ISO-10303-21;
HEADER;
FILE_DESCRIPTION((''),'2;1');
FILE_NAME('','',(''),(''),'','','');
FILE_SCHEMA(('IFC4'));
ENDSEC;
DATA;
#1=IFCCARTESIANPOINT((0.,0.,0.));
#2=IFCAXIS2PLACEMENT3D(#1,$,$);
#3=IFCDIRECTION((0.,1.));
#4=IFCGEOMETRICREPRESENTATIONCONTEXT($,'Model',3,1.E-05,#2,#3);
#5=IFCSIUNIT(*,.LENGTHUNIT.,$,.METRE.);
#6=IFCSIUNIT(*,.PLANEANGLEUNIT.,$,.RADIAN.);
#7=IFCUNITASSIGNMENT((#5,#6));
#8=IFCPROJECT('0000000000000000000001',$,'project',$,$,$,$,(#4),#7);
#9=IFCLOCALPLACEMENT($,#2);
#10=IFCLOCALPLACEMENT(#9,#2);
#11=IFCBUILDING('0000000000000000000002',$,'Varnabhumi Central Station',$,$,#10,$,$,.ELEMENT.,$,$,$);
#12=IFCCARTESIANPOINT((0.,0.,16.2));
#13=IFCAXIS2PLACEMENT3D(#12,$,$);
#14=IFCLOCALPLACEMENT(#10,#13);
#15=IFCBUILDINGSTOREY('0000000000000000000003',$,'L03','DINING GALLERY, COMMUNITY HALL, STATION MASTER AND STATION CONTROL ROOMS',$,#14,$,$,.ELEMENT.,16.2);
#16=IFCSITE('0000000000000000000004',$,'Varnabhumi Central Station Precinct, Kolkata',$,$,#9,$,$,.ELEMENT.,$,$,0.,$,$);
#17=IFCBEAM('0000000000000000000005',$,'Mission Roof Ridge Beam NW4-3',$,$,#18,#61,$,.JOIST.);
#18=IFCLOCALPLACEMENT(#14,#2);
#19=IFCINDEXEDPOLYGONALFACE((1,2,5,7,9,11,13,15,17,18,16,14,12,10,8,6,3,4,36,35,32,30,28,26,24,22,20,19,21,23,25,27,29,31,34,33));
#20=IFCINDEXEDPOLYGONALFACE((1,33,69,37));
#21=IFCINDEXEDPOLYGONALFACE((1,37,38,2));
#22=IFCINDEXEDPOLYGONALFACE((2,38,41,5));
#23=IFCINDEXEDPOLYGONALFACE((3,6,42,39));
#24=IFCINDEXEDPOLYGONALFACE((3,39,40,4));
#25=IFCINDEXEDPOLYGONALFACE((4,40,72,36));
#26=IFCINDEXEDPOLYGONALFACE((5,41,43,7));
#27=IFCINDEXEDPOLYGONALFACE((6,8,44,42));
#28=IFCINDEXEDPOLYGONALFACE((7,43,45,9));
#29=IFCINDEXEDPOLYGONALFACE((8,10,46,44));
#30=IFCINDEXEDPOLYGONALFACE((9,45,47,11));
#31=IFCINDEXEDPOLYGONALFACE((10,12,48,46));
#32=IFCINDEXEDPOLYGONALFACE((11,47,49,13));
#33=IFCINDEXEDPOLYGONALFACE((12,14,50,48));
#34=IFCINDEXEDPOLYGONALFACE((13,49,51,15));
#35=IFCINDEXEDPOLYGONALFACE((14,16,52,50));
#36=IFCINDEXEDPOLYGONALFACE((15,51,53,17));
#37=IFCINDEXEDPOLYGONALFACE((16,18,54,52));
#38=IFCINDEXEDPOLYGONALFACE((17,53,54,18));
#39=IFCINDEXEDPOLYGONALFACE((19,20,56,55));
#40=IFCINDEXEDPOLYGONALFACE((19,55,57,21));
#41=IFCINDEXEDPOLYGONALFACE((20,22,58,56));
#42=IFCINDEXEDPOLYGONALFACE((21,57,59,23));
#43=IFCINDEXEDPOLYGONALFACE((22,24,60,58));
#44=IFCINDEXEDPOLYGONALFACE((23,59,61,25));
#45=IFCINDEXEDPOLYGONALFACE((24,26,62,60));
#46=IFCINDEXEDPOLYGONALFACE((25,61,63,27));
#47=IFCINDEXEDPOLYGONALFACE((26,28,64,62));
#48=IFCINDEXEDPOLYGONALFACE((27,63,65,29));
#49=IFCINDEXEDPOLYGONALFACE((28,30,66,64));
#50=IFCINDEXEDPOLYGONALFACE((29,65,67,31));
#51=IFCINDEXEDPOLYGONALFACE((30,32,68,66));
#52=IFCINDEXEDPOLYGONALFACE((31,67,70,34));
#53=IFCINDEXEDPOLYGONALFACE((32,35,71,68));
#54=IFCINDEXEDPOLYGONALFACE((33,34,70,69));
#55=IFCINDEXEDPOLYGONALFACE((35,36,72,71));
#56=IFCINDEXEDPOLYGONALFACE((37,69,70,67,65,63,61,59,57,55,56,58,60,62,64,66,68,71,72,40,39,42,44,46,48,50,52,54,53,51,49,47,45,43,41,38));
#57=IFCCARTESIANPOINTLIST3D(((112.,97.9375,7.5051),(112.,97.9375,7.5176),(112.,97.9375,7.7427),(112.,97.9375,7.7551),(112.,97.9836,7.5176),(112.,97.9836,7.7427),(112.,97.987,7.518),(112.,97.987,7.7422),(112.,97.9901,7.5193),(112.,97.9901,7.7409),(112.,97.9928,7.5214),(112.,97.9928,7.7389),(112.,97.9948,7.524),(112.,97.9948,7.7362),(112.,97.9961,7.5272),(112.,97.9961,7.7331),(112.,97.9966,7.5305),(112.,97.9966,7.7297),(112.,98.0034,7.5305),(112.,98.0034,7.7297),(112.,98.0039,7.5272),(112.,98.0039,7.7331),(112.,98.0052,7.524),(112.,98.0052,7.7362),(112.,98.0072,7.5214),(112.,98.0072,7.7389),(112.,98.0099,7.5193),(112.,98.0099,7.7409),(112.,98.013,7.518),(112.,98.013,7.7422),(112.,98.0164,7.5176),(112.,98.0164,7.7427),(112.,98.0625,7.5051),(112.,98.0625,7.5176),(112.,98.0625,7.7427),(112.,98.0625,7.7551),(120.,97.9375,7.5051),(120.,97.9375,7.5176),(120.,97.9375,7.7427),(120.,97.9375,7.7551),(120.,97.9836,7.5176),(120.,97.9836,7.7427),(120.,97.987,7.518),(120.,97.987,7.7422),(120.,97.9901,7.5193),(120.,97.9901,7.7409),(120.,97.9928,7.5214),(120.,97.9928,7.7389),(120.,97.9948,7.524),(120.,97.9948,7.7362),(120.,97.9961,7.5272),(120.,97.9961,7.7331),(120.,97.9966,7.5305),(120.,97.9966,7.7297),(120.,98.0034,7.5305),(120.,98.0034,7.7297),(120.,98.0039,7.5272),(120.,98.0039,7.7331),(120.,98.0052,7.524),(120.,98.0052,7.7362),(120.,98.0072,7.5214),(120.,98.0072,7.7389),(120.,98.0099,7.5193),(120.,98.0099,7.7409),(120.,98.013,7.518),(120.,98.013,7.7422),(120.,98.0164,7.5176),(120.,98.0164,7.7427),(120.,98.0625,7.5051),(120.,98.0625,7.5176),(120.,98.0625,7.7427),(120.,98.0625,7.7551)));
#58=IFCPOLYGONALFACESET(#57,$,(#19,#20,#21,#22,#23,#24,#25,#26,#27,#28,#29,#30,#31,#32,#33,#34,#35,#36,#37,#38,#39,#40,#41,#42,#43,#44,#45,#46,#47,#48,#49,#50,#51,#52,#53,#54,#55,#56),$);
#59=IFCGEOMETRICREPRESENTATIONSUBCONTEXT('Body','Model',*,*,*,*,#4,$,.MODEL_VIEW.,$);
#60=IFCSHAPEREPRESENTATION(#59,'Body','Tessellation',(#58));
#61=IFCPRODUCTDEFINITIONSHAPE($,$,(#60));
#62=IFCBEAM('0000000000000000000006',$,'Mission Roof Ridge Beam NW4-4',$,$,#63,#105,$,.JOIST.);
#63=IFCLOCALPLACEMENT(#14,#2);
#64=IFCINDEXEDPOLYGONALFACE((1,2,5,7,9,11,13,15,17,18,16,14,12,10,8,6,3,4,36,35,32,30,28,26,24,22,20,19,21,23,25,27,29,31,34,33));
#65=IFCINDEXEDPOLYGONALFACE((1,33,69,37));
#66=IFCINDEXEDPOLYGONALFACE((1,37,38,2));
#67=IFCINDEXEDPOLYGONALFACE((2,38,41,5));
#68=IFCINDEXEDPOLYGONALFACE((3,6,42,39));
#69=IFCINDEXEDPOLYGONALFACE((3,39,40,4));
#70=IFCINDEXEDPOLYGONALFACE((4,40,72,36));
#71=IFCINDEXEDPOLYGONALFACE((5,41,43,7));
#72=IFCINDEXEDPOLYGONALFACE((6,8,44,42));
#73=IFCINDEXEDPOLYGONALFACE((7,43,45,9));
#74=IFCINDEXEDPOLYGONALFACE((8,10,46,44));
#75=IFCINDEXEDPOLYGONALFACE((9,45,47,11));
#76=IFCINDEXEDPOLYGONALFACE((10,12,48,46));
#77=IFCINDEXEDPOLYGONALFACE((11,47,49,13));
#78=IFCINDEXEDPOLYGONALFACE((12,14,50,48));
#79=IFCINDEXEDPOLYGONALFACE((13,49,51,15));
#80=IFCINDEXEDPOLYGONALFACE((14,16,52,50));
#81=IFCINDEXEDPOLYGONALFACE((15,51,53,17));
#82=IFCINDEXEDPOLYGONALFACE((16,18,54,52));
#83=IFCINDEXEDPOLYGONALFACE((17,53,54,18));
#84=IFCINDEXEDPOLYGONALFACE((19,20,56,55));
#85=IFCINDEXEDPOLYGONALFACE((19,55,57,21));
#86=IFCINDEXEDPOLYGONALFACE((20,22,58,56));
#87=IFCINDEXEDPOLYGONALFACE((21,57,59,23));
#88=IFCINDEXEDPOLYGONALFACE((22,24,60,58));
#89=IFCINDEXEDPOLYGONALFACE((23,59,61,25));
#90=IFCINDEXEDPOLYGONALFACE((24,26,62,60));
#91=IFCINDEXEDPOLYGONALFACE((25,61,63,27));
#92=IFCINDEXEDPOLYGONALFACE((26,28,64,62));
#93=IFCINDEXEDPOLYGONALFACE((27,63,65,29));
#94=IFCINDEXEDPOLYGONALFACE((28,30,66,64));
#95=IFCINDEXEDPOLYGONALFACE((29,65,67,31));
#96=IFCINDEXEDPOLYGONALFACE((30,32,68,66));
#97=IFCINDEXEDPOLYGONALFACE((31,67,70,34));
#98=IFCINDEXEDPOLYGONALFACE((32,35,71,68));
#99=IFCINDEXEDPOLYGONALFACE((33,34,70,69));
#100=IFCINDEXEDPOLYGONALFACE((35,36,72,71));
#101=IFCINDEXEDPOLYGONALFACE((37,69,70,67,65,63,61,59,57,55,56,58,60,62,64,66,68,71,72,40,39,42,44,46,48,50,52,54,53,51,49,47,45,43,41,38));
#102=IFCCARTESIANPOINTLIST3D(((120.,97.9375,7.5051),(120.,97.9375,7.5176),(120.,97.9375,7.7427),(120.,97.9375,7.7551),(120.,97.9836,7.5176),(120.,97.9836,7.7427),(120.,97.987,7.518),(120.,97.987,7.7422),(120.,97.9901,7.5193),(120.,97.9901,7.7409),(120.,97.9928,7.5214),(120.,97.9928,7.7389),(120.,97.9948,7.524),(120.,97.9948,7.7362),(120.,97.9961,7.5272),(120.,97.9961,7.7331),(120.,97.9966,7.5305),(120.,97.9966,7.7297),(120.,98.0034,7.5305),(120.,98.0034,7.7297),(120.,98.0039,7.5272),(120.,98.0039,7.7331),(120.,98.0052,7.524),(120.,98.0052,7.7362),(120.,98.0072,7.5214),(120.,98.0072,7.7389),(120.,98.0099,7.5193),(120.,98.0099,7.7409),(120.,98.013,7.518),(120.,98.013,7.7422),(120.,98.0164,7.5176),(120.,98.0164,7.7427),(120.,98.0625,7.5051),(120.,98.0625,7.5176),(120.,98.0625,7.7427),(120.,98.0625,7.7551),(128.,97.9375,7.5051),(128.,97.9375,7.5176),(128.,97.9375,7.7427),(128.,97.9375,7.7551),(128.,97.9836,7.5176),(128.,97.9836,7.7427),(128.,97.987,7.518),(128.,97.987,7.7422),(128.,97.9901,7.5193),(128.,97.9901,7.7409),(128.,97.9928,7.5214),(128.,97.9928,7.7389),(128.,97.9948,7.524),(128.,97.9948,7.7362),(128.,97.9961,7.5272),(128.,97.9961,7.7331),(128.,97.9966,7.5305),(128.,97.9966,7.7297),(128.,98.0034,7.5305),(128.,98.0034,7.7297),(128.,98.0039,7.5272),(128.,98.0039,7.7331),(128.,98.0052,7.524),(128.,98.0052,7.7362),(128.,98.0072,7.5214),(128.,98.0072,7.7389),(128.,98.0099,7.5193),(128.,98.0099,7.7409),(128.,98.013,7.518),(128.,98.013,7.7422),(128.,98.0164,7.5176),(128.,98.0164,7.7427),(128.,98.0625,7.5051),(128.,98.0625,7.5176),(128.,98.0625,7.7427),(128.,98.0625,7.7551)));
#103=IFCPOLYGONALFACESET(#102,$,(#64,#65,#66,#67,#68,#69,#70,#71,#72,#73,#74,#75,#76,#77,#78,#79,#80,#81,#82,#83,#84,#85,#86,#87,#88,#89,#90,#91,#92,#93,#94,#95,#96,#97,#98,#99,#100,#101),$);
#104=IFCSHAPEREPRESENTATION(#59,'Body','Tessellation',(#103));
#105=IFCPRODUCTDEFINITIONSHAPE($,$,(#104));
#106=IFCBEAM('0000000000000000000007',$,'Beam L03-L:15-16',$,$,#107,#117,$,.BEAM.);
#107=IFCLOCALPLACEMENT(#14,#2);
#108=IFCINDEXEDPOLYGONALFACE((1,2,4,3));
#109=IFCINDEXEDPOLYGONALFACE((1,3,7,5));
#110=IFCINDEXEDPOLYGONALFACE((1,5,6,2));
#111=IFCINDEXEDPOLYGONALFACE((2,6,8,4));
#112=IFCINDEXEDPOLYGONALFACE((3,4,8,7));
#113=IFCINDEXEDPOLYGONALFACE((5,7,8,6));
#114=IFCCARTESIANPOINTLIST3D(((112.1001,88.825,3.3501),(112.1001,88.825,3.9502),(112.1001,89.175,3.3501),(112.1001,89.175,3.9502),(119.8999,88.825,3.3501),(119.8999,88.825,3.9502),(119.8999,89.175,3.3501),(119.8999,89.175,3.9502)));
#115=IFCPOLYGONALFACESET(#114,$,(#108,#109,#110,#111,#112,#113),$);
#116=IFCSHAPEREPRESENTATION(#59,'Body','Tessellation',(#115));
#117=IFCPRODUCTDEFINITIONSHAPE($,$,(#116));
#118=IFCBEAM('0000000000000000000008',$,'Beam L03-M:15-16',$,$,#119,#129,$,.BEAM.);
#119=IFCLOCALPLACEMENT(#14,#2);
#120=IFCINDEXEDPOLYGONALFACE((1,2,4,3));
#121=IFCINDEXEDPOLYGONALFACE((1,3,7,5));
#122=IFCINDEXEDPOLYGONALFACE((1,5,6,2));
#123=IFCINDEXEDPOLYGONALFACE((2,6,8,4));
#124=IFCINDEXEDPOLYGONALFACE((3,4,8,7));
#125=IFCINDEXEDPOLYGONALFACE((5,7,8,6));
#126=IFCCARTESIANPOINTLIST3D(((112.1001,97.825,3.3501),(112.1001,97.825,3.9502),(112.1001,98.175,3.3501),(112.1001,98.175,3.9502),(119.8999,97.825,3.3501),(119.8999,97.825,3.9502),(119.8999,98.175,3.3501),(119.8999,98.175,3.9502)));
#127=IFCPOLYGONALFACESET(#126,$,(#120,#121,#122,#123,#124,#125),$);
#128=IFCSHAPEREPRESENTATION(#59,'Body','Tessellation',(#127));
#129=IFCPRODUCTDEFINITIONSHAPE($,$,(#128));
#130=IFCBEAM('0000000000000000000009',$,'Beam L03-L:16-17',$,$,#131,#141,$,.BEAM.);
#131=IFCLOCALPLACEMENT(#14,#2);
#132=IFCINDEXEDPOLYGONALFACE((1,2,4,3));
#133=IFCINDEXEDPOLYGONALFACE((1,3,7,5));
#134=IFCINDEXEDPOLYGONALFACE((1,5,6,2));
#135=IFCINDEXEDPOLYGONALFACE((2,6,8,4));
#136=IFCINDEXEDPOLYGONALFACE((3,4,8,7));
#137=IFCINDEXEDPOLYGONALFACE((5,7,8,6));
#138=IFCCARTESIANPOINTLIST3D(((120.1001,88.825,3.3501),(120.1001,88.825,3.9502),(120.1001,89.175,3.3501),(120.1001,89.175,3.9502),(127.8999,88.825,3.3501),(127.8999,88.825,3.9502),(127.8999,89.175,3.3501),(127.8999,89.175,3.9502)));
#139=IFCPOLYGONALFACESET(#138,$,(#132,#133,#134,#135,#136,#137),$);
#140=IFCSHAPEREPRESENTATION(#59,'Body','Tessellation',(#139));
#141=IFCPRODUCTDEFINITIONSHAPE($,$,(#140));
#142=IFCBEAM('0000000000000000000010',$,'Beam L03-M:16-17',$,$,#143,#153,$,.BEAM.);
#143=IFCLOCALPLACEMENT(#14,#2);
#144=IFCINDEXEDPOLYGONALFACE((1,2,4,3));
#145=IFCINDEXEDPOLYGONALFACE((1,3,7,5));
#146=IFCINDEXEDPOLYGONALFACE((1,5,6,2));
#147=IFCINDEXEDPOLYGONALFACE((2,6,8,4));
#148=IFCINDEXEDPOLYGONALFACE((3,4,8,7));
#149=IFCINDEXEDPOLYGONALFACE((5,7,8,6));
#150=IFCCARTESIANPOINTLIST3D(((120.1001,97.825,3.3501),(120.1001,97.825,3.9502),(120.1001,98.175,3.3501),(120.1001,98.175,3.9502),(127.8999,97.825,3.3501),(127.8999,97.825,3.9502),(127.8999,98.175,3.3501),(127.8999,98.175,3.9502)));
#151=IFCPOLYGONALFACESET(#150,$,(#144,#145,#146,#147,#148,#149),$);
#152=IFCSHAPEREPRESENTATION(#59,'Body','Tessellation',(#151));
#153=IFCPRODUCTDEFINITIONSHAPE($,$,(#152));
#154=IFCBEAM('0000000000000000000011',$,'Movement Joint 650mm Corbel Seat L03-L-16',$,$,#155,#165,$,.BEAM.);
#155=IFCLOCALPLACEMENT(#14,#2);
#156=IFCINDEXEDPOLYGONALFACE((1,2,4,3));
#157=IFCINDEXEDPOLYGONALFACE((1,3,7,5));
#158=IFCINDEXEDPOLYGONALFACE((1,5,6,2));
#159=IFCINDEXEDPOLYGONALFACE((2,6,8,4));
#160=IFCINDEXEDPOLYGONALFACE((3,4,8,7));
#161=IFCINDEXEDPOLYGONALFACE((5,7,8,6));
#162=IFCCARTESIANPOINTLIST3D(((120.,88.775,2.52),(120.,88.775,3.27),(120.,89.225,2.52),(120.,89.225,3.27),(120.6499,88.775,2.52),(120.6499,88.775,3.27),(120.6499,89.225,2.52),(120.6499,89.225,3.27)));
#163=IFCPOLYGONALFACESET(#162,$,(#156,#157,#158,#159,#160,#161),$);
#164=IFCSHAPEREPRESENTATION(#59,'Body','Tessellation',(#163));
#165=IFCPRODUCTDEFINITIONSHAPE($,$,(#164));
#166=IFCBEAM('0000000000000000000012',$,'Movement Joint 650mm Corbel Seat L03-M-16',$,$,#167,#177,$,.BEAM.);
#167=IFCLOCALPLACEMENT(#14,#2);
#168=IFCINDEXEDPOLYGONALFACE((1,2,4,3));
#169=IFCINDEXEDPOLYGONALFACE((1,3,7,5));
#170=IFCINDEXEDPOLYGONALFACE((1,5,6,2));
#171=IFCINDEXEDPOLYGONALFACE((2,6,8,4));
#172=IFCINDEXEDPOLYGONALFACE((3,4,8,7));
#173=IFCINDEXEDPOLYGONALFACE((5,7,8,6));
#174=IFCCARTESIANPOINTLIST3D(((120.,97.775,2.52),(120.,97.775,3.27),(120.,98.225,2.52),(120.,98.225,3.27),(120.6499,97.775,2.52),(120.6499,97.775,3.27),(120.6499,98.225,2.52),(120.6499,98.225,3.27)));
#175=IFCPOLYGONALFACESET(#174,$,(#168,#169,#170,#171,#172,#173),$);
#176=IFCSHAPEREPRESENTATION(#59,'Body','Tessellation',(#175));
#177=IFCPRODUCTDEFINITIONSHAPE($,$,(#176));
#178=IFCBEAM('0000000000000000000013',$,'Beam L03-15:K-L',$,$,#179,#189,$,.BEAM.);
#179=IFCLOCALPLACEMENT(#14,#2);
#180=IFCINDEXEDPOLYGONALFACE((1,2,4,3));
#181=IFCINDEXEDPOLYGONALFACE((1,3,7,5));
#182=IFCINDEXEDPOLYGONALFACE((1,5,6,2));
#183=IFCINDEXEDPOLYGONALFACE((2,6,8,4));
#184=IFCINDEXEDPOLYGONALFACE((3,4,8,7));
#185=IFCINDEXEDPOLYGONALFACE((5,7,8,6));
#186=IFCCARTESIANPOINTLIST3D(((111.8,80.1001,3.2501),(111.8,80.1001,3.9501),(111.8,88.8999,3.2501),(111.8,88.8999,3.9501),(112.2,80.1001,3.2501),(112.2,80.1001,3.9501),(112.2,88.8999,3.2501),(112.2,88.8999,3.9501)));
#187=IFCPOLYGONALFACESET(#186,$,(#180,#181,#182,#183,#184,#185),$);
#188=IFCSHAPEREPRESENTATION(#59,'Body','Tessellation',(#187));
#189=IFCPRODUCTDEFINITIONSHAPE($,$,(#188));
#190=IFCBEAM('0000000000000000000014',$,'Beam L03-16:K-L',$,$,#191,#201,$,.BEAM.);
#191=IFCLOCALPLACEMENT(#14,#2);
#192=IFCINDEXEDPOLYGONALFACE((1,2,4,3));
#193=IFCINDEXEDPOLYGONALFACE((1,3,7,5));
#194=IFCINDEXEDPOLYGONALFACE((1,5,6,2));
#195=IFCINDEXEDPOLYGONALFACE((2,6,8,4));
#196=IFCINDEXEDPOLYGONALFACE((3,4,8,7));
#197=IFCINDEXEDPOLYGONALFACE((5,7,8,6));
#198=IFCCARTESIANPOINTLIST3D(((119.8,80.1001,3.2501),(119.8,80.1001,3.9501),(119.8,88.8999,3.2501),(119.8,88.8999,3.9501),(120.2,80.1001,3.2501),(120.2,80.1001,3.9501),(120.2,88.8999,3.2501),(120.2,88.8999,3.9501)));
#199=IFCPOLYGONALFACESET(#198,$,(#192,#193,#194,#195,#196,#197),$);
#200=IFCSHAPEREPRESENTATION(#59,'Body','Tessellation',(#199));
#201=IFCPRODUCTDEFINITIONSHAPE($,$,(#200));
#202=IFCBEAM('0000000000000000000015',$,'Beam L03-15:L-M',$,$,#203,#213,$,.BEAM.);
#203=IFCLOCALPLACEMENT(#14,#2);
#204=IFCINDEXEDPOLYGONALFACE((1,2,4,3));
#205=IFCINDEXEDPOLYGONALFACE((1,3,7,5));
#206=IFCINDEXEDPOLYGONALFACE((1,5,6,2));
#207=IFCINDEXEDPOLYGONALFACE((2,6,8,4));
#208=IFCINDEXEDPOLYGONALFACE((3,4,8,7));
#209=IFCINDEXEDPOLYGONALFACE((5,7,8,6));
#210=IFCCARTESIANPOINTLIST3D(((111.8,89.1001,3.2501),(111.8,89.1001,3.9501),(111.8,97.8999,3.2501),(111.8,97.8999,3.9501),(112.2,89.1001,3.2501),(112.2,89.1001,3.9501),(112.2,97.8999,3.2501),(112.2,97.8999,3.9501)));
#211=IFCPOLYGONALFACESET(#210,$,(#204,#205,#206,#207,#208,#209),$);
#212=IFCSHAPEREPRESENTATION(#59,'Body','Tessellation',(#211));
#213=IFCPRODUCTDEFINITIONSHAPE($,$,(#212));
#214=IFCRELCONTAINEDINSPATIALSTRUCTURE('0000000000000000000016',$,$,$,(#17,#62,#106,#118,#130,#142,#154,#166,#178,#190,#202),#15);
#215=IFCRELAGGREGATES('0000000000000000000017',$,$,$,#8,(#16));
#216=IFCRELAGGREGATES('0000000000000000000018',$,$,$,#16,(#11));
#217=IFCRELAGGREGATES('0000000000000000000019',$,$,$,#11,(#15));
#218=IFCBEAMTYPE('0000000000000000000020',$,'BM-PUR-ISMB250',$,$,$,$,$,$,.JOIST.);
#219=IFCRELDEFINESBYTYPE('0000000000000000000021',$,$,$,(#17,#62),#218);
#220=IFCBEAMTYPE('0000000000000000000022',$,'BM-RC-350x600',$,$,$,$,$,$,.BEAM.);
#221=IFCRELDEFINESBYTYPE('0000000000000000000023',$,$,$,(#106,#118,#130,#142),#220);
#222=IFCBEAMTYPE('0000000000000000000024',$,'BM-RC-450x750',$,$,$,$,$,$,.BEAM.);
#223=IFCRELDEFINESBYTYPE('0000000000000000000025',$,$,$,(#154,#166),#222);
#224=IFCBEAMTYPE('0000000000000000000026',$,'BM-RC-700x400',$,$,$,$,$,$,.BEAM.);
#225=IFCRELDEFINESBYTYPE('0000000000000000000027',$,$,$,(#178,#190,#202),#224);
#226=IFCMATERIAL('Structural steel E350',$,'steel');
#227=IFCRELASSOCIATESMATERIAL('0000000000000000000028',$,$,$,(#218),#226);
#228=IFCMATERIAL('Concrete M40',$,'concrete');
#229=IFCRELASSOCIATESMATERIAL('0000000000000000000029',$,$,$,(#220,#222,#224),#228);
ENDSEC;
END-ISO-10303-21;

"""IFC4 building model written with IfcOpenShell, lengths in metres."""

from ifc_helpers import new_model, si_unit, direction, frame, origin, origin_2d, place, context, subcontext, project, spatial, rectangle, i_section, extrude, material, material_profile, profile_set, type_object, element, save


model = new_model("IFC4")

# Units and contexts
model_context = context("Model", 3, precision=1e-05, world=origin(), true_north=direction((0.0, 1.0)))
body_context = subcontext(model_context, "Body", "Model", "MODEL_VIEW")
ifc_project = project(units=[si_unit("LENGTHUNIT", "METRE"), si_unit("PLANEANGLEUNIT", "RADIAN")], contexts=[model_context])

# Site, building, storey
site_placement = place(None, origin())
site = spatial("IfcSite", under=ifc_project, at=site_placement, Name="Varnabhumi Central Station Precinct, Kolkata", CompositionType="ELEMENT", RefElevation=0.0)
building_placement = place(site_placement, origin())
building = spatial("IfcBuilding", under=site, at=building_placement, Name="Varnabhumi Central Station", CompositionType="ELEMENT")
storey_placement = place(building_placement, frame((0.0, 0.0, 16.2)))
storey = spatial("IfcBuildingStorey", under=building, at=storey_placement, Name="L03", Description="DINING GALLERY, COMMUNITY HALL, STATION MASTER AND STATION CONTROL ROOMS", CompositionType="ELEMENT", Elevation=16.2)

# Shared definitions
ifc_material_1 = material(Name="Concrete M40", Category="concrete")
ifc_material_2 = material(Name="Structural steel E350", Category="steel")

# Beams
ifc_material_profile_1 = material_profile(ifc_material_2, i_section(OverallWidth=0.125, OverallDepth=0.25, WebThickness=0.0068, FlangeThickness=0.0125, FilletRadius=0.0129, at=origin_2d()), Name="Structural steel E350", Category="steel")
ifc_profile_set_1 = profile_set([ifc_material_profile_1], Name="Structural steel E350")
beam_type_1 = type_object("IfcBeamType", Name="BM-PUR-ISMB250", PredefinedType="JOIST", material=ifc_profile_set_1)
for number, where, z_axis, x_axis, name in (
    (1, (112.0, 98.0, 7.6301), (1.0, 0.0, 0.0), (0.0, 1.0, 0.0), "Mission Roof Ridge Beam NW4-3"),
    (2, (120.0, 98.0, 7.6301), (1.0, 0.0, 0.0), (0.0, 1.0, 0.0), "Mission Roof Ridge Beam NW4-4"),
):
    element("IfcBeam", number, at=place(storey_placement, frame(where, z_axis=z_axis, x_axis=x_axis)), inside=storey, type_object=beam_type_1, Name=name, PredefinedType="JOIST", context=body_context, shape_type="SweptSolid", body=[
        extrude(i_section(OverallWidth=0.125, OverallDepth=0.25, WebThickness=0.0068, FlangeThickness=0.0125, FilletRadius=0.0129, at=origin_2d()), origin(), (0.0, 0.0, 1.0), 8.0),
    ])
ifc_material_profile_2 = material_profile(ifc_material_1, rectangle(XDim=0.3501, YDim=0.6001, at=origin_2d()), Name="Concrete M40", Category="concrete")
ifc_profile_set_2 = profile_set([ifc_material_profile_2], Name="Concrete M40")
beam_type_2 = type_object("IfcBeamType", Name="BM-RC-350x600", PredefinedType="BEAM", material=ifc_profile_set_2)
for number, where, z_axis, x_axis, name in (
    (3, (112.1001, 89.0, 3.6501), (1.0, 0.0, 0.0), (0.0, 1.0, 0.0), "Beam L03-L:15-16"),
    (4, (112.1001, 98.0, 3.6501), (1.0, 0.0, 0.0), (0.0, 1.0, 0.0), "Beam L03-M:15-16"),
    (5, (120.1001, 89.0, 3.6501), (1.0, 0.0, 0.0), (0.0, 1.0, 0.0), "Beam L03-L:16-17"),
    (6, (120.1001, 98.0, 3.6501), (1.0, 0.0, 0.0), (0.0, 1.0, 0.0), "Beam L03-M:16-17"),
):
    element("IfcBeam", number, at=place(storey_placement, frame(where, z_axis=z_axis, x_axis=x_axis)), inside=storey, type_object=beam_type_2, Name=name, PredefinedType="BEAM", context=body_context, shape_type="SweptSolid", body=[
        extrude(rectangle(XDim=0.3501, YDim=0.6001, at=origin_2d()), origin(), (0.0, 0.0, 1.0), 7.7998),
    ])
ifc_material_profile_3 = material_profile(ifc_material_1, rectangle(XDim=0.45, YDim=0.75, at=origin_2d()), Name="Concrete M40", Category="concrete")
ifc_profile_set_3 = profile_set([ifc_material_profile_3], Name="Concrete M40")
beam_type_3 = type_object("IfcBeamType", Name="BM-RC-450x750", PredefinedType="BEAM", material=ifc_profile_set_3)
for number, where, z_axis, x_axis, name in (
    (7, (120.0, 89.0, 2.895), (1.0, 0.0, 0.0), (0.0, 1.0, 0.0), "Movement Joint 650mm Corbel Seat L03-L-16"),
    (8, (120.0, 98.0, 2.895), (1.0, 0.0, 0.0), (0.0, 1.0, 0.0), "Movement Joint 650mm Corbel Seat L03-M-16"),
):
    element("IfcBeam", number, at=place(storey_placement, frame(where, z_axis=z_axis, x_axis=x_axis)), inside=storey, type_object=beam_type_3, Name=name, PredefinedType="BEAM", context=body_context, shape_type="SweptSolid", body=[
        extrude(rectangle(XDim=0.45, YDim=0.75, at=origin_2d()), origin(), (0.0, 0.0, 1.0), 0.6499),
    ])
ifc_material_profile_4 = material_profile(ifc_material_1, rectangle(XDim=0.3999, YDim=0.7, at=origin_2d()), Name="Concrete M40", Category="concrete")
ifc_profile_set_4 = profile_set([ifc_material_profile_4], Name="Concrete M40")
beam_type_4 = type_object("IfcBeamType", Name="BM-RC-700x400", PredefinedType="BEAM", material=ifc_profile_set_4)
for number, where, z_axis, x_axis, name in (
    (9, (112.0, 80.1001, 3.6001), (0.0, 1.0, 0.0), (-1.0, 0.0, 0.0), "Beam L03-15:K-L"),
    (10, (120.0, 80.1001, 3.6001), (0.0, 1.0, 0.0), (-1.0, 0.0, 0.0), "Beam L03-16:K-L"),
    (11, (112.0, 89.1001, 3.6001), (0.0, 1.0, 0.0), (-1.0, 0.0, 0.0), "Beam L03-15:L-M"),
):
    element("IfcBeam", number, at=place(storey_placement, frame(where, z_axis=z_axis, x_axis=x_axis)), inside=storey, type_object=beam_type_4, Name=name, PredefinedType="BEAM", context=body_context, shape_type="SweptSolid", body=[
        extrude(rectangle(XDim=0.3999, YDim=0.7, at=origin_2d()), origin(), (0.0, 0.0, 1.0), 8.7998),
    ])

save(model, "model.ifc")
